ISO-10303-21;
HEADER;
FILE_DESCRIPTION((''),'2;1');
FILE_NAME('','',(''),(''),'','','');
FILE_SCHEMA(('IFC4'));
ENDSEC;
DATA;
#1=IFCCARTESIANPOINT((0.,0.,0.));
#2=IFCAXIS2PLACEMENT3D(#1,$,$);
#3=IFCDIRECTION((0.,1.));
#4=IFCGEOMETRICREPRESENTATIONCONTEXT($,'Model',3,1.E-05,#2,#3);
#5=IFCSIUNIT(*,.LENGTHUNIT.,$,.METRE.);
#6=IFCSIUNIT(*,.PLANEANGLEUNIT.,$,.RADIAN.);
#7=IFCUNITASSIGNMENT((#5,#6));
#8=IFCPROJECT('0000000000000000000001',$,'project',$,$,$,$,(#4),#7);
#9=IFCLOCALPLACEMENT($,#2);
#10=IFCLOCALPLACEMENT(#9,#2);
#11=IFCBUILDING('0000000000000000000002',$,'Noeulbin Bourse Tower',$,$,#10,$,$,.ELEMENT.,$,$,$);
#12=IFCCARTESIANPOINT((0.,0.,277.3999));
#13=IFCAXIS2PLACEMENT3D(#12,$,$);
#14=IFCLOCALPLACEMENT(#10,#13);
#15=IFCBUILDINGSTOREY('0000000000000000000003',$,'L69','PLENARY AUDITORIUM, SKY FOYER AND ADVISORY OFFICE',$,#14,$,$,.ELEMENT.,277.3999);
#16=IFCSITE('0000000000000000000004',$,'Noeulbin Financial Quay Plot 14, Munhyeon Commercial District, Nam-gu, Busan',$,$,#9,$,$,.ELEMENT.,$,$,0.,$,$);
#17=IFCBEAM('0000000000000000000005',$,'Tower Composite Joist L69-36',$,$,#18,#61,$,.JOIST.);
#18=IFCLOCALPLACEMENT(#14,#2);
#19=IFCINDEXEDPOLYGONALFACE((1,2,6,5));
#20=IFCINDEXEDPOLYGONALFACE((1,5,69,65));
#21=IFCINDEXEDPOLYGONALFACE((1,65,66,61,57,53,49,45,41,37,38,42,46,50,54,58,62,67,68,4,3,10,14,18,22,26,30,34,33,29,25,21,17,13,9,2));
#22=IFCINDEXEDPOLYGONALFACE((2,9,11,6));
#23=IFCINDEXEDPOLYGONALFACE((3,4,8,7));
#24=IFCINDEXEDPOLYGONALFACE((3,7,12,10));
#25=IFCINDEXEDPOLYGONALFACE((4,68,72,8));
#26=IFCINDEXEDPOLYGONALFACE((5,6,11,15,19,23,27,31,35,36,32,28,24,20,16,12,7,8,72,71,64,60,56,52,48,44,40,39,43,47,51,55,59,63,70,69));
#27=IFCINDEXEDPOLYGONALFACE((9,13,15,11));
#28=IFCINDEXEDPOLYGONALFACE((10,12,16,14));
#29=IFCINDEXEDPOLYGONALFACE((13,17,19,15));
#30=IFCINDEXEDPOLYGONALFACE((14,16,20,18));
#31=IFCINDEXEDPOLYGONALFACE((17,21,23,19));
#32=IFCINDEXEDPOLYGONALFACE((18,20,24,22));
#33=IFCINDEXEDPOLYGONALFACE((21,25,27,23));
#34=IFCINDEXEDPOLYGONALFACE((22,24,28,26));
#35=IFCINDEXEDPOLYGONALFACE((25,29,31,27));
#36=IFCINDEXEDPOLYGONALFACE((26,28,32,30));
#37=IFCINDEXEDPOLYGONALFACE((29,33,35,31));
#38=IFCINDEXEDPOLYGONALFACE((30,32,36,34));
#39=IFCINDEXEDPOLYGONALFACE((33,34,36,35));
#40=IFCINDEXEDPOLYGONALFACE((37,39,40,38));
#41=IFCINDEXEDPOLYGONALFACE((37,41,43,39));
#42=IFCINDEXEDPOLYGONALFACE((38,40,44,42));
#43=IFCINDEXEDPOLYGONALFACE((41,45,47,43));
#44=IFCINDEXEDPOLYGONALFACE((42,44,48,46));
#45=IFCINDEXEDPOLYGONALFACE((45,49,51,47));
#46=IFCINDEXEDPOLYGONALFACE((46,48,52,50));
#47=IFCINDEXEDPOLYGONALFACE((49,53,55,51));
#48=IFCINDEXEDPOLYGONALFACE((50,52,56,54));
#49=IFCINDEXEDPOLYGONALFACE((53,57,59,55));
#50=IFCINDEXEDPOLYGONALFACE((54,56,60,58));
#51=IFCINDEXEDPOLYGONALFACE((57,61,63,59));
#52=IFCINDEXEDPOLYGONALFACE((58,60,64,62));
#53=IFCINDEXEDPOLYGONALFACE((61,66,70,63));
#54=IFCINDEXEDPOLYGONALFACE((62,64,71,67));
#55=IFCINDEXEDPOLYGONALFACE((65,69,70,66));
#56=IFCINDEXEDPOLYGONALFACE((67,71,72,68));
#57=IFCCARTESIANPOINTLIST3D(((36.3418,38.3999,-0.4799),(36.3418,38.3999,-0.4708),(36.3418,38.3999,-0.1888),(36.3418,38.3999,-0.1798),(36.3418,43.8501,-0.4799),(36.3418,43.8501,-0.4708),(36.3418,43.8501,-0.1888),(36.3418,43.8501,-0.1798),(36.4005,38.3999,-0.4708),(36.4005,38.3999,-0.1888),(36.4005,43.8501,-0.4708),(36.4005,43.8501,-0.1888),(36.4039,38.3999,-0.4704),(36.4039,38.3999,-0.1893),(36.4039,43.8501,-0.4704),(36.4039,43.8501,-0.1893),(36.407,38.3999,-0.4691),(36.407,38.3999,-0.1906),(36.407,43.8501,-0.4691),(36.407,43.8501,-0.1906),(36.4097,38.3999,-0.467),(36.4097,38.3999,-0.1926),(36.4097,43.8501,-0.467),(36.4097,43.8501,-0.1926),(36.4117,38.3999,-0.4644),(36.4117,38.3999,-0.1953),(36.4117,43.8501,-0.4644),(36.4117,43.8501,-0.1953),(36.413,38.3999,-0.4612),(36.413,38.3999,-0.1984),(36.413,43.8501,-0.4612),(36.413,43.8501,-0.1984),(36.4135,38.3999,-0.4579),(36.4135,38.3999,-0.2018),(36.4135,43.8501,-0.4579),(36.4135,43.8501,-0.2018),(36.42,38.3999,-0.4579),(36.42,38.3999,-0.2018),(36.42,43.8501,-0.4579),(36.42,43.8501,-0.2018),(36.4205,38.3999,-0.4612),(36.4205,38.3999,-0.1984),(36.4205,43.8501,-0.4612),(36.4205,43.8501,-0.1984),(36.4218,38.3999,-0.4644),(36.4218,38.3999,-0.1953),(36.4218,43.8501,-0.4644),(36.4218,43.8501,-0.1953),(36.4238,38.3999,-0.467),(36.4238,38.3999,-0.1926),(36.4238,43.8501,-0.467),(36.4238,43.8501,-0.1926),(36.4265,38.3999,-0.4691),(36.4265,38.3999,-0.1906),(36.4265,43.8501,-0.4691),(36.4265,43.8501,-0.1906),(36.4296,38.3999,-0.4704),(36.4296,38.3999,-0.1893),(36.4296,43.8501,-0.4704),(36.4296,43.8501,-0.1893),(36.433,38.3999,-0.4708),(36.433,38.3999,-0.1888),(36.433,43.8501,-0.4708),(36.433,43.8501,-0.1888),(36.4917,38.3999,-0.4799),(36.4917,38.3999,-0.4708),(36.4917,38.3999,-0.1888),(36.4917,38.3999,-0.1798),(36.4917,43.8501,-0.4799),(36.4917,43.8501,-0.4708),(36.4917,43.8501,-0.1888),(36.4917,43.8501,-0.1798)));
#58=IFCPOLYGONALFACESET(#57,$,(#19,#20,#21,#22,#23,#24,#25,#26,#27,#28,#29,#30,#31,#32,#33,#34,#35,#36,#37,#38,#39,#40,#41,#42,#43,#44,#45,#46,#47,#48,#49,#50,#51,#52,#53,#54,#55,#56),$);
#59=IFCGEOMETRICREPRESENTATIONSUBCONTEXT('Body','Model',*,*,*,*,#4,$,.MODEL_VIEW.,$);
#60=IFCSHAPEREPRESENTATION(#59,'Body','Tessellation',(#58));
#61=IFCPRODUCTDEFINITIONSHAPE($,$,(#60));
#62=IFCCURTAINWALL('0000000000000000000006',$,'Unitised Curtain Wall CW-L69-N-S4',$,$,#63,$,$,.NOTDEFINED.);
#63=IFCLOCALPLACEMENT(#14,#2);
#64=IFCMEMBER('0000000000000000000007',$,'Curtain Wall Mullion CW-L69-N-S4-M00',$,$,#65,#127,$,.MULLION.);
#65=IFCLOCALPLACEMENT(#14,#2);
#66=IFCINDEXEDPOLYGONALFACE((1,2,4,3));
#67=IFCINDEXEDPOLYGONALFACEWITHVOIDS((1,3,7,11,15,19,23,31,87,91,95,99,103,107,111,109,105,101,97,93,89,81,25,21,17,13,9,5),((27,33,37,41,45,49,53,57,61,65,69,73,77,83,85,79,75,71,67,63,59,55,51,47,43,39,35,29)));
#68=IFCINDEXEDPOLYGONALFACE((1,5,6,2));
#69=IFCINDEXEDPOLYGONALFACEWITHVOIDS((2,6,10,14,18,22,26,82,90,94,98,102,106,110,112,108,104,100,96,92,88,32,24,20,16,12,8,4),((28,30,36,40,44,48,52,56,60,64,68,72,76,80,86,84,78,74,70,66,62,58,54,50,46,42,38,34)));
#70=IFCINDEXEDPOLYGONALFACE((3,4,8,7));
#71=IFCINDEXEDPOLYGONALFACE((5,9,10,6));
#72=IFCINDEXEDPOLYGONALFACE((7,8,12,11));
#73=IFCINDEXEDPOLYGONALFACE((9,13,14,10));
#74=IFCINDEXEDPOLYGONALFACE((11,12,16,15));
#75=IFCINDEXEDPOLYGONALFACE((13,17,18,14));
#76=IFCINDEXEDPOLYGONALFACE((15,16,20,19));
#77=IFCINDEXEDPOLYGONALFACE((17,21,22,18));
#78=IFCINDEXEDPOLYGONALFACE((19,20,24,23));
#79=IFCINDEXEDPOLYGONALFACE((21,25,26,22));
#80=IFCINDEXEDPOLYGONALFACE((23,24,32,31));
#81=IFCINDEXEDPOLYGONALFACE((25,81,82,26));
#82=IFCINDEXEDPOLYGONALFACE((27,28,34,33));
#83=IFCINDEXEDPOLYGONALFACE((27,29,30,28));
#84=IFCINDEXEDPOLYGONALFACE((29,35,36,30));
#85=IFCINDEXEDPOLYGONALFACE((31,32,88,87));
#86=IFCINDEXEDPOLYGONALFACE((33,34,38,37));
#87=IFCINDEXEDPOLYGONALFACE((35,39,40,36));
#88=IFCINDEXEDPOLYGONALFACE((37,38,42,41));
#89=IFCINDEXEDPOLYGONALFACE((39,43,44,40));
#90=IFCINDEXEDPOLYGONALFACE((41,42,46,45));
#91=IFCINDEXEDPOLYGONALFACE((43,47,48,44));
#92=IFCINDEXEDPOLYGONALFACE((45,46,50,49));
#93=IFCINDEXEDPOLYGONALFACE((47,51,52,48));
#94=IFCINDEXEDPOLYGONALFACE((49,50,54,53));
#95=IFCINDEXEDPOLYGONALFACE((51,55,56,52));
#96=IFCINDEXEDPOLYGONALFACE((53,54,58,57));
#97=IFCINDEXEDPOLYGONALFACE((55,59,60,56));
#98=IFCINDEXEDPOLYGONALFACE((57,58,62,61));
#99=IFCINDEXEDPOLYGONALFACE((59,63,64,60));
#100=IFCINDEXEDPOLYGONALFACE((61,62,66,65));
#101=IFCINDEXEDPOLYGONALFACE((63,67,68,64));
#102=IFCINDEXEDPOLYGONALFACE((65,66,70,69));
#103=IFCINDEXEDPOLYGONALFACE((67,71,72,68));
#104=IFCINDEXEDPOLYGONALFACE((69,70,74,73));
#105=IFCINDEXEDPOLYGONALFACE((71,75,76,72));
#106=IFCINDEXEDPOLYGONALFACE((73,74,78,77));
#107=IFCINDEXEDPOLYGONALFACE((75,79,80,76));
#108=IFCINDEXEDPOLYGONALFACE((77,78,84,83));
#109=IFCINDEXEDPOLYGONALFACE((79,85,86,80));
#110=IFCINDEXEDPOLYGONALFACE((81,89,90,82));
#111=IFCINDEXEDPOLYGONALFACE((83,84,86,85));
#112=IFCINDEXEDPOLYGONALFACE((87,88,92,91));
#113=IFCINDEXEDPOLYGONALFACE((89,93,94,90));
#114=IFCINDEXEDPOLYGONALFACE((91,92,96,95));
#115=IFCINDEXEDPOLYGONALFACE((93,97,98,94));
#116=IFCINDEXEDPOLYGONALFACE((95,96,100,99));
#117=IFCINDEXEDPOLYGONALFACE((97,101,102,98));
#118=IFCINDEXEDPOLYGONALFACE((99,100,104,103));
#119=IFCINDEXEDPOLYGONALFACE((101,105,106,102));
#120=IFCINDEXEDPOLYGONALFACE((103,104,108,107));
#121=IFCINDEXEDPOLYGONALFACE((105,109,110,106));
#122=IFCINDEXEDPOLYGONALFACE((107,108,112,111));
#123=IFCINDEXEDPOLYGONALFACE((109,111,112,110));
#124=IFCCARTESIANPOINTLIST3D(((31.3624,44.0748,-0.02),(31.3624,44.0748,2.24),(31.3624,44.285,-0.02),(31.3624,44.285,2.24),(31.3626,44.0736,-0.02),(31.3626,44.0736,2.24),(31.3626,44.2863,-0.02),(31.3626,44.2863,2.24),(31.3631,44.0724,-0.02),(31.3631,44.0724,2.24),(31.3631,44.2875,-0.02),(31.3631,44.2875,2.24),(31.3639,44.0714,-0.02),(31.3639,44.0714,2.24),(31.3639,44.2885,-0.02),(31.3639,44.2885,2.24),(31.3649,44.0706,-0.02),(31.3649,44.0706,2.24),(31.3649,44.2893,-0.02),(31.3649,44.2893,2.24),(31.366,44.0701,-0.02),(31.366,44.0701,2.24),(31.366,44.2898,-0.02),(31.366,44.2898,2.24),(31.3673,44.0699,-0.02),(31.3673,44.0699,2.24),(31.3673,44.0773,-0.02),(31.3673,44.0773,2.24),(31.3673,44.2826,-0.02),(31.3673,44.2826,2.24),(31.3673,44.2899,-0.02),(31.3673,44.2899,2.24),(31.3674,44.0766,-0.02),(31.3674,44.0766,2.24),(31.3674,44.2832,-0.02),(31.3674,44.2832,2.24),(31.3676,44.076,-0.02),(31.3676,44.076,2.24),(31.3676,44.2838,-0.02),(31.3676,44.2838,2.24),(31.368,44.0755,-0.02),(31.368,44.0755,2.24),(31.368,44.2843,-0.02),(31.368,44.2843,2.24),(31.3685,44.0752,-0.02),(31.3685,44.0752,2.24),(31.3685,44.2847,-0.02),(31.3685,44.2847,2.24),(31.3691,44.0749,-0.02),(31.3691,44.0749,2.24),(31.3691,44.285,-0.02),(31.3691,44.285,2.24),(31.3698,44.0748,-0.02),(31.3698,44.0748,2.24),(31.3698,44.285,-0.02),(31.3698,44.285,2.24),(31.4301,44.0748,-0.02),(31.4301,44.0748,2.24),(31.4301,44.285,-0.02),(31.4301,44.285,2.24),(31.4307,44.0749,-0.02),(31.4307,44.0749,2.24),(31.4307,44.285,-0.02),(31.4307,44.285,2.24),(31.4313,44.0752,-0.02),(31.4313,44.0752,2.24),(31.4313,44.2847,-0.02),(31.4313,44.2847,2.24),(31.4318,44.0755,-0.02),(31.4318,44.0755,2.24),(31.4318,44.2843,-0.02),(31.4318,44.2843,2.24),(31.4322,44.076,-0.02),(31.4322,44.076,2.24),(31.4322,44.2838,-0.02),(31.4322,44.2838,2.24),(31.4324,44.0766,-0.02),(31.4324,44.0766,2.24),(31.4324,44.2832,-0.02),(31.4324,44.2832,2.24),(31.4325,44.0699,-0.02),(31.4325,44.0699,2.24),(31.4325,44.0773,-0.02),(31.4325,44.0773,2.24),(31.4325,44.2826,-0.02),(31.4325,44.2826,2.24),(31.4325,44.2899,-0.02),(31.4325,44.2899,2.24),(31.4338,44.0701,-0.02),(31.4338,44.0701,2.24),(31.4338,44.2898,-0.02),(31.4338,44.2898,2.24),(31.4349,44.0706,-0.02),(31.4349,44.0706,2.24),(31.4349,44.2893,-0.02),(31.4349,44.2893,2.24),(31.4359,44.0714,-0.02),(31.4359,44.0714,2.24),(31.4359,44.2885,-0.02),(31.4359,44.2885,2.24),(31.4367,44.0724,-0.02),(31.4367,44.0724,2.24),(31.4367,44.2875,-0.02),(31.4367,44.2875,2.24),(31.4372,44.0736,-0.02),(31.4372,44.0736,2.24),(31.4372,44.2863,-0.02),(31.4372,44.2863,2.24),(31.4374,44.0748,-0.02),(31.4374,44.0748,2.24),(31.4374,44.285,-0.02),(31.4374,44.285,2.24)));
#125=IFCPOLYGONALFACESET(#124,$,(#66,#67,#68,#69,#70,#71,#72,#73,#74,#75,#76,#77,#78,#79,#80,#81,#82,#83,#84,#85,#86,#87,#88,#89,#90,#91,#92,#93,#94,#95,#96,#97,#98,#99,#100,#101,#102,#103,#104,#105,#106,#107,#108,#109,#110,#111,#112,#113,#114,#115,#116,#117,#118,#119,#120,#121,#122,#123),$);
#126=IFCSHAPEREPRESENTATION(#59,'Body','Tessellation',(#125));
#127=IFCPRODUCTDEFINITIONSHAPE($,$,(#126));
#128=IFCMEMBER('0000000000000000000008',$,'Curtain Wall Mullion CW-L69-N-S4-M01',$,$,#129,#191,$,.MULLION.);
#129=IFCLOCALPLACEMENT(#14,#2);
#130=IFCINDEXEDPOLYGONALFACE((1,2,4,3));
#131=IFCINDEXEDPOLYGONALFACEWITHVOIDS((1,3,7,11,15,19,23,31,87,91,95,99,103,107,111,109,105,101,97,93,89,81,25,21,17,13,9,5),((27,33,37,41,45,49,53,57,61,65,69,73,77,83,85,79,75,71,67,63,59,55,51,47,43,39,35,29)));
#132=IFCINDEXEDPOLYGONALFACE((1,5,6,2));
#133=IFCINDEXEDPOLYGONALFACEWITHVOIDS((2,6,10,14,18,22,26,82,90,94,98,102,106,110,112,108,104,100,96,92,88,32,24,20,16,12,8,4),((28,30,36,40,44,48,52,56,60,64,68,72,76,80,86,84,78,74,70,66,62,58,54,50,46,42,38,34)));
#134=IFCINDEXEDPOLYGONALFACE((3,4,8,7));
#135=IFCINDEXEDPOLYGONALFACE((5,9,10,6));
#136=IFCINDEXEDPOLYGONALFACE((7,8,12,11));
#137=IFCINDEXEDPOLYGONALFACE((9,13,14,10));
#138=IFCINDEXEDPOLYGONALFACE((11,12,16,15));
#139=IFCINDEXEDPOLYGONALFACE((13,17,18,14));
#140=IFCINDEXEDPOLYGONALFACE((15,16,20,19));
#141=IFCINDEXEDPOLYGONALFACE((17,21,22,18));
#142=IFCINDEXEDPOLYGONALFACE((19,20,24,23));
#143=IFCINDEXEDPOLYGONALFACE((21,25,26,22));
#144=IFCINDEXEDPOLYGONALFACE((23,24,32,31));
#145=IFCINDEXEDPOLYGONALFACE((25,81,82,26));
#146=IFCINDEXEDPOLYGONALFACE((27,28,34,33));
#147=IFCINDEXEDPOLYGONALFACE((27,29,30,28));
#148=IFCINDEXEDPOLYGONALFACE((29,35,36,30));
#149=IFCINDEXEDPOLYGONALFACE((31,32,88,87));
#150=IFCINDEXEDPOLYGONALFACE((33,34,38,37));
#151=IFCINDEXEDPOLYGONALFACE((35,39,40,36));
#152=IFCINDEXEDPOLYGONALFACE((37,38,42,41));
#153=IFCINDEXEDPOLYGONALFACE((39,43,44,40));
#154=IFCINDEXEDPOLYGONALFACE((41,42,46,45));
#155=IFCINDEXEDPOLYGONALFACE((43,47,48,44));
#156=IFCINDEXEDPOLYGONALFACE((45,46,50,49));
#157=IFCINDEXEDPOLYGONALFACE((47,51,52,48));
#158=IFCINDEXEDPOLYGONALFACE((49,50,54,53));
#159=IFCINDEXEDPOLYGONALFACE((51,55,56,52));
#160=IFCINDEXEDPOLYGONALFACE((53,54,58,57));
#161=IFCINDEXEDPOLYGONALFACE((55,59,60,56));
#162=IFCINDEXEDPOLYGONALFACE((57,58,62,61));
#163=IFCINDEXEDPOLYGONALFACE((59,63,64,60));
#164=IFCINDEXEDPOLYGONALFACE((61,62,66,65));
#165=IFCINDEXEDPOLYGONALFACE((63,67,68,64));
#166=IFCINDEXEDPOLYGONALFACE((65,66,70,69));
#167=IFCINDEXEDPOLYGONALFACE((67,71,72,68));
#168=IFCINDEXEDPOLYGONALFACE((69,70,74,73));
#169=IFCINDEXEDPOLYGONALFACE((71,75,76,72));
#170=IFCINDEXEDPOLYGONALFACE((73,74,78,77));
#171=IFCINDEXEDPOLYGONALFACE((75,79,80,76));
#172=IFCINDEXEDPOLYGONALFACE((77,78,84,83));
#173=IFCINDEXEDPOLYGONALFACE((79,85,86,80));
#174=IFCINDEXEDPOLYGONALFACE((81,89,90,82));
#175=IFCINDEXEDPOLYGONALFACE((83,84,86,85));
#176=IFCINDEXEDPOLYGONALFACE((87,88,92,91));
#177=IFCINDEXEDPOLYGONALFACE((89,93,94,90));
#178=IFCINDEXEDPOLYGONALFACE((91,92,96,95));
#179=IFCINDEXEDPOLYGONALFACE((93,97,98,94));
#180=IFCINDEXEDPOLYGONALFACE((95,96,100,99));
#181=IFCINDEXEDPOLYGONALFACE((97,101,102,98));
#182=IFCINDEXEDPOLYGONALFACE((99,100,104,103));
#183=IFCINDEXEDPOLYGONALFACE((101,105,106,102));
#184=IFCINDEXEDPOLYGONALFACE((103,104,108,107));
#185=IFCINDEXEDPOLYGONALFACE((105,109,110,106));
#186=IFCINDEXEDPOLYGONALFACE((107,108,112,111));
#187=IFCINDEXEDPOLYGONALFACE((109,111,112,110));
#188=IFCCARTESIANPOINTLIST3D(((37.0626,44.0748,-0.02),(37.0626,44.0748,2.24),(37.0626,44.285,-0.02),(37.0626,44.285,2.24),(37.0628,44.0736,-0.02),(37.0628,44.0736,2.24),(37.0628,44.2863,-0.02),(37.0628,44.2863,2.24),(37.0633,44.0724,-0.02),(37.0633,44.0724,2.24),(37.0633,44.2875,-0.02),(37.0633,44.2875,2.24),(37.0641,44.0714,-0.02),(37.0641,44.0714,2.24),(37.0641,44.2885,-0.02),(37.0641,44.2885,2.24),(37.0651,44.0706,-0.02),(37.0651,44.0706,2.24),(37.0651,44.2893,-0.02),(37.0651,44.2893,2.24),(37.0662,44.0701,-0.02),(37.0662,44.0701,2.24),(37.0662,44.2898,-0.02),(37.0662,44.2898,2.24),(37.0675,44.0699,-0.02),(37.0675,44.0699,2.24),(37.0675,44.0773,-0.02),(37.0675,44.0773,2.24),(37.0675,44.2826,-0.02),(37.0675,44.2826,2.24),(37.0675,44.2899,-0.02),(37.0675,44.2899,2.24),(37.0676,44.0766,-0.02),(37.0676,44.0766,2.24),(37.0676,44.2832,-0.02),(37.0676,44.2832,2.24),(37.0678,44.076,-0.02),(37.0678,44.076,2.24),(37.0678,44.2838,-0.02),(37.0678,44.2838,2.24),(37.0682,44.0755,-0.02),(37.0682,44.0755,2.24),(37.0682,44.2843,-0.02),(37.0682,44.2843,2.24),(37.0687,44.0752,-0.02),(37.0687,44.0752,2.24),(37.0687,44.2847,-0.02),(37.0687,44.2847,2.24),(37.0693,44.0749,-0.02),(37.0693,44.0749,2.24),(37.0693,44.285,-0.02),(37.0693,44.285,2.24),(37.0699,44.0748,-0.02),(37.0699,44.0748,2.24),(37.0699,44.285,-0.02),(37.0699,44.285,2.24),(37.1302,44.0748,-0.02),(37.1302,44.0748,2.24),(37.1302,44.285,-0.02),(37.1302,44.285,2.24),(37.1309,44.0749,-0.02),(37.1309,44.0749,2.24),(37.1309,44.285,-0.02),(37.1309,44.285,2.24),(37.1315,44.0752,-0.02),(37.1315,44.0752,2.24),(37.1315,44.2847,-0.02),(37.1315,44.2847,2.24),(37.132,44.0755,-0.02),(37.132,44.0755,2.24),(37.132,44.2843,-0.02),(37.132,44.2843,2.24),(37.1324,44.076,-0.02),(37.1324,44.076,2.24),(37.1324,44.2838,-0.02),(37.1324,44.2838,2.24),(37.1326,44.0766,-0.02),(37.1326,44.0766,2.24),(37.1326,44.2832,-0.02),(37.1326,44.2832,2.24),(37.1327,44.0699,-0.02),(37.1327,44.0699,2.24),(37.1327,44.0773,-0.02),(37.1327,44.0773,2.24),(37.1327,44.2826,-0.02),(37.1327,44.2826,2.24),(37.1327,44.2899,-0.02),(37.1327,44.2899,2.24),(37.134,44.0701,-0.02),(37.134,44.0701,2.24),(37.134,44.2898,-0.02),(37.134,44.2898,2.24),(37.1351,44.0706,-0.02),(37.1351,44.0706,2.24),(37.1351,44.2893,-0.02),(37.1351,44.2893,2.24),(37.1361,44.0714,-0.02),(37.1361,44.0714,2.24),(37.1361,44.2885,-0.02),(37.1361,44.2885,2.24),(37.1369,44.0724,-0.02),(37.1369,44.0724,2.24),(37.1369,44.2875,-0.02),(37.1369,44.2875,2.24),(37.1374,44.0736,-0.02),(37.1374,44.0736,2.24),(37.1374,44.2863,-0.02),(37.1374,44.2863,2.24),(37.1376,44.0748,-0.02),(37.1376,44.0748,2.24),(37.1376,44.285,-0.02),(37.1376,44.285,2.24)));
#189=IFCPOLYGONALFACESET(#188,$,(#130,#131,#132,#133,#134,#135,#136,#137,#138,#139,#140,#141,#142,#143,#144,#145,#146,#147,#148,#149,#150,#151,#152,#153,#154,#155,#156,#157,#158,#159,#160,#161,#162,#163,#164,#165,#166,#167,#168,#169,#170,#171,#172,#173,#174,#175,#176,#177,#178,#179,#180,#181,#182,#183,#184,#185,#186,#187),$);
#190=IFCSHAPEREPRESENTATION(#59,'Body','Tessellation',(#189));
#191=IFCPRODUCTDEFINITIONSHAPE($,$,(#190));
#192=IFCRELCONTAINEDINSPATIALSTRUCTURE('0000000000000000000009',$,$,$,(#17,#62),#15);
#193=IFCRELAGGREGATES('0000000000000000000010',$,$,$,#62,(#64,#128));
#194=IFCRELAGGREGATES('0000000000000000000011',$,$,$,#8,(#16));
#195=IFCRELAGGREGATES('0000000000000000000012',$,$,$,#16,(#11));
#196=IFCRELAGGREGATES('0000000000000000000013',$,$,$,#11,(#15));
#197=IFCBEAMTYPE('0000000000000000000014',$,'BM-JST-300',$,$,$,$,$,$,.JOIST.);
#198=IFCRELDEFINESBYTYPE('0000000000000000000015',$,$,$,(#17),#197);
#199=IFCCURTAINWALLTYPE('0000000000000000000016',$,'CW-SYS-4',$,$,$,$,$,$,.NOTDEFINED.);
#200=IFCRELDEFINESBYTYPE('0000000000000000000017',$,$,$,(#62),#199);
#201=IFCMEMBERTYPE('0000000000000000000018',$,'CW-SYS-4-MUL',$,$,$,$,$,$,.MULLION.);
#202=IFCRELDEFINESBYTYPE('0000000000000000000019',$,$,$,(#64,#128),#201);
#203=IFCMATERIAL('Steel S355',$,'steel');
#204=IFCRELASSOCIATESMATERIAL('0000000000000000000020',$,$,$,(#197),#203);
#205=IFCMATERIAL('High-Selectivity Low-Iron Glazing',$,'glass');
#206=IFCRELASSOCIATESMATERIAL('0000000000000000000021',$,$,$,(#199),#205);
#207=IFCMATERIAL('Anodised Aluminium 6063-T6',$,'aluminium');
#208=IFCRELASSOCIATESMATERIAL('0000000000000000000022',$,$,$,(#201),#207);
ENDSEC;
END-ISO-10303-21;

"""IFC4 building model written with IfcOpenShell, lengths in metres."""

from ifc_helpers import new_model, si_unit, direction, frame, origin, origin_2d, place, context, subcontext, project, spatial, hollow_rectangle, i_section, extrude, material, material_profile, profile_set, type_object, element, aggregate, save


model = new_model("IFC4")

# Units and contexts
model_context = context("Model", 3, precision=1e-05, world=origin(), true_north=direction((0.0, 1.0)))
body_context = subcontext(model_context, "Body", "Model", "MODEL_VIEW")
ifc_project = project(units=[si_unit("LENGTHUNIT", "METRE"), si_unit("PLANEANGLEUNIT", "RADIAN")], contexts=[model_context])

# Site, building, storey
site_placement = place(None, origin())
site = spatial("IfcSite", under=ifc_project, at=site_placement, Name="Noeulbin Financial Quay Plot 14, Munhyeon Commercial District, Nam-gu, Busan", CompositionType="ELEMENT", RefElevation=0.0)
building_placement = place(site_placement, origin())
building = spatial("IfcBuilding", under=site, at=building_placement, Name="Noeulbin Bourse Tower", CompositionType="ELEMENT")
storey_placement = place(building_placement, frame((0.0, 0.0, 277.3999)))
storey = spatial("IfcBuildingStorey", under=building, at=storey_placement, Name="L69", Description="PLENARY AUDITORIUM, SKY FOYER AND ADVISORY OFFICE", CompositionType="ELEMENT", Elevation=277.3999)

# Beam
ifc_material_1 = material(Name="Steel S355", Category="steel")
ifc_material_profile_1 = material_profile(ifc_material_1, i_section(OverallWidth=0.1499, OverallDepth=0.3, WebThickness=0.0066, FlangeThickness=0.009, FilletRadius=0.0129, at=origin_2d()), Name="H-300x150x6.5x9", Category="LoadBearing")
ifc_profile_set_1 = profile_set([ifc_material_profile_1], Name="Steel S355")
beam_type = type_object("IfcBeamType", Name="BM-JST-300", PredefinedType="JOIST", material=ifc_profile_set_1)
for number, where, z_axis, x_axis, name in (
    (1, (36.4167, 38.3999, -0.3298), (0.0, 1.0, 0.0), (-1.0, 0.0, 0.0), "Tower Composite Joist L69-36"),
):
    element("IfcBeam", number, at=place(storey_placement, frame(where, z_axis=z_axis, x_axis=x_axis)), inside=storey, type_object=beam_type, Name=name, PredefinedType="JOIST", context=body_context, shape_type="SweptSolid", body=[
        extrude(i_section(OverallWidth=0.1499, OverallDepth=0.3, WebThickness=0.0066, FlangeThickness=0.009, FilletRadius=0.0129, at=origin_2d()), origin(), (0.0, 0.0, 1.0), 5.4502),
    ])

# Curtain wall, members
ifc_material_2 = material(Name="High-Selectivity Low-Iron Glazing", Category="glass")
curtain_wall_type = type_object("IfcCurtainWallType", Name="CW-SYS-4", PredefinedType="NOTDEFINED", material=ifc_material_2)
curtain_wall_placement = place(storey_placement, origin())
curtain_wall = element("IfcCurtainWall", 2, at=curtain_wall_placement, inside=storey, type_object=curtain_wall_type, Name="Unitised Curtain Wall CW-L69-N-S4", PredefinedType="NOTDEFINED")
ifc_material_3 = material(Name="Anodised Aluminium 6063-T6", Category="aluminium")
ifc_material_profile_2 = material_profile(ifc_material_3, hollow_rectangle(XDim=0.075, YDim=0.22, WallThickness=0.0049, InnerFilletRadius=0.0024, OuterFilletRadius=0.0049, at=origin_2d()), Name="ALU-MULL-75x220x5", Category="LoadBearing")
ifc_profile_set_2 = profile_set([ifc_material_profile_2], Name="Anodised Aluminium 6063-T6")
member_type_1 = type_object("IfcMemberType", Name="CW-SYS-4-MUL", PredefinedType="MULLION", material=ifc_profile_set_2)
member_1_placement = place(storey_placement, frame((31.3999, 44.1799, -0.02), z_axis=(0.0, 0.0, 1.0), x_axis=(1.0, 0.0, 0.0)))
member_1 = element("IfcMember", 3, at=member_1_placement, type_object=member_type_1, Name="Curtain Wall Mullion CW-L69-N-S4-M00", PredefinedType="MULLION", context=body_context, shape_type="SweptSolid", body=[
    extrude(hollow_rectangle(XDim=0.075, YDim=0.22, WallThickness=0.0049, InnerFilletRadius=0.0024, OuterFilletRadius=0.0049, at=origin_2d()), origin(), (0.0, 0.0, 1.0), 2.26),
])
member_2_placement = place(storey_placement, frame((37.1001, 44.1799, -0.02), z_axis=(0.0, 0.0, 1.0), x_axis=(1.0, 0.0, 0.0)))
member_2 = element("IfcMember", 4, at=member_2_placement, type_object=member_type_1, Name="Curtain Wall Mullion CW-L69-N-S4-M01", PredefinedType="MULLION", context=body_context, shape_type="SweptSolid", body=[
    extrude(hollow_rectangle(XDim=0.075, YDim=0.22, WallThickness=0.0049, InnerFilletRadius=0.0024, OuterFilletRadius=0.0049, at=origin_2d()), origin(), (0.0, 0.0, 1.0), 2.26),
])
aggregate(curtain_wall, [member_1, member_2])

save(model, "model.ifc")
